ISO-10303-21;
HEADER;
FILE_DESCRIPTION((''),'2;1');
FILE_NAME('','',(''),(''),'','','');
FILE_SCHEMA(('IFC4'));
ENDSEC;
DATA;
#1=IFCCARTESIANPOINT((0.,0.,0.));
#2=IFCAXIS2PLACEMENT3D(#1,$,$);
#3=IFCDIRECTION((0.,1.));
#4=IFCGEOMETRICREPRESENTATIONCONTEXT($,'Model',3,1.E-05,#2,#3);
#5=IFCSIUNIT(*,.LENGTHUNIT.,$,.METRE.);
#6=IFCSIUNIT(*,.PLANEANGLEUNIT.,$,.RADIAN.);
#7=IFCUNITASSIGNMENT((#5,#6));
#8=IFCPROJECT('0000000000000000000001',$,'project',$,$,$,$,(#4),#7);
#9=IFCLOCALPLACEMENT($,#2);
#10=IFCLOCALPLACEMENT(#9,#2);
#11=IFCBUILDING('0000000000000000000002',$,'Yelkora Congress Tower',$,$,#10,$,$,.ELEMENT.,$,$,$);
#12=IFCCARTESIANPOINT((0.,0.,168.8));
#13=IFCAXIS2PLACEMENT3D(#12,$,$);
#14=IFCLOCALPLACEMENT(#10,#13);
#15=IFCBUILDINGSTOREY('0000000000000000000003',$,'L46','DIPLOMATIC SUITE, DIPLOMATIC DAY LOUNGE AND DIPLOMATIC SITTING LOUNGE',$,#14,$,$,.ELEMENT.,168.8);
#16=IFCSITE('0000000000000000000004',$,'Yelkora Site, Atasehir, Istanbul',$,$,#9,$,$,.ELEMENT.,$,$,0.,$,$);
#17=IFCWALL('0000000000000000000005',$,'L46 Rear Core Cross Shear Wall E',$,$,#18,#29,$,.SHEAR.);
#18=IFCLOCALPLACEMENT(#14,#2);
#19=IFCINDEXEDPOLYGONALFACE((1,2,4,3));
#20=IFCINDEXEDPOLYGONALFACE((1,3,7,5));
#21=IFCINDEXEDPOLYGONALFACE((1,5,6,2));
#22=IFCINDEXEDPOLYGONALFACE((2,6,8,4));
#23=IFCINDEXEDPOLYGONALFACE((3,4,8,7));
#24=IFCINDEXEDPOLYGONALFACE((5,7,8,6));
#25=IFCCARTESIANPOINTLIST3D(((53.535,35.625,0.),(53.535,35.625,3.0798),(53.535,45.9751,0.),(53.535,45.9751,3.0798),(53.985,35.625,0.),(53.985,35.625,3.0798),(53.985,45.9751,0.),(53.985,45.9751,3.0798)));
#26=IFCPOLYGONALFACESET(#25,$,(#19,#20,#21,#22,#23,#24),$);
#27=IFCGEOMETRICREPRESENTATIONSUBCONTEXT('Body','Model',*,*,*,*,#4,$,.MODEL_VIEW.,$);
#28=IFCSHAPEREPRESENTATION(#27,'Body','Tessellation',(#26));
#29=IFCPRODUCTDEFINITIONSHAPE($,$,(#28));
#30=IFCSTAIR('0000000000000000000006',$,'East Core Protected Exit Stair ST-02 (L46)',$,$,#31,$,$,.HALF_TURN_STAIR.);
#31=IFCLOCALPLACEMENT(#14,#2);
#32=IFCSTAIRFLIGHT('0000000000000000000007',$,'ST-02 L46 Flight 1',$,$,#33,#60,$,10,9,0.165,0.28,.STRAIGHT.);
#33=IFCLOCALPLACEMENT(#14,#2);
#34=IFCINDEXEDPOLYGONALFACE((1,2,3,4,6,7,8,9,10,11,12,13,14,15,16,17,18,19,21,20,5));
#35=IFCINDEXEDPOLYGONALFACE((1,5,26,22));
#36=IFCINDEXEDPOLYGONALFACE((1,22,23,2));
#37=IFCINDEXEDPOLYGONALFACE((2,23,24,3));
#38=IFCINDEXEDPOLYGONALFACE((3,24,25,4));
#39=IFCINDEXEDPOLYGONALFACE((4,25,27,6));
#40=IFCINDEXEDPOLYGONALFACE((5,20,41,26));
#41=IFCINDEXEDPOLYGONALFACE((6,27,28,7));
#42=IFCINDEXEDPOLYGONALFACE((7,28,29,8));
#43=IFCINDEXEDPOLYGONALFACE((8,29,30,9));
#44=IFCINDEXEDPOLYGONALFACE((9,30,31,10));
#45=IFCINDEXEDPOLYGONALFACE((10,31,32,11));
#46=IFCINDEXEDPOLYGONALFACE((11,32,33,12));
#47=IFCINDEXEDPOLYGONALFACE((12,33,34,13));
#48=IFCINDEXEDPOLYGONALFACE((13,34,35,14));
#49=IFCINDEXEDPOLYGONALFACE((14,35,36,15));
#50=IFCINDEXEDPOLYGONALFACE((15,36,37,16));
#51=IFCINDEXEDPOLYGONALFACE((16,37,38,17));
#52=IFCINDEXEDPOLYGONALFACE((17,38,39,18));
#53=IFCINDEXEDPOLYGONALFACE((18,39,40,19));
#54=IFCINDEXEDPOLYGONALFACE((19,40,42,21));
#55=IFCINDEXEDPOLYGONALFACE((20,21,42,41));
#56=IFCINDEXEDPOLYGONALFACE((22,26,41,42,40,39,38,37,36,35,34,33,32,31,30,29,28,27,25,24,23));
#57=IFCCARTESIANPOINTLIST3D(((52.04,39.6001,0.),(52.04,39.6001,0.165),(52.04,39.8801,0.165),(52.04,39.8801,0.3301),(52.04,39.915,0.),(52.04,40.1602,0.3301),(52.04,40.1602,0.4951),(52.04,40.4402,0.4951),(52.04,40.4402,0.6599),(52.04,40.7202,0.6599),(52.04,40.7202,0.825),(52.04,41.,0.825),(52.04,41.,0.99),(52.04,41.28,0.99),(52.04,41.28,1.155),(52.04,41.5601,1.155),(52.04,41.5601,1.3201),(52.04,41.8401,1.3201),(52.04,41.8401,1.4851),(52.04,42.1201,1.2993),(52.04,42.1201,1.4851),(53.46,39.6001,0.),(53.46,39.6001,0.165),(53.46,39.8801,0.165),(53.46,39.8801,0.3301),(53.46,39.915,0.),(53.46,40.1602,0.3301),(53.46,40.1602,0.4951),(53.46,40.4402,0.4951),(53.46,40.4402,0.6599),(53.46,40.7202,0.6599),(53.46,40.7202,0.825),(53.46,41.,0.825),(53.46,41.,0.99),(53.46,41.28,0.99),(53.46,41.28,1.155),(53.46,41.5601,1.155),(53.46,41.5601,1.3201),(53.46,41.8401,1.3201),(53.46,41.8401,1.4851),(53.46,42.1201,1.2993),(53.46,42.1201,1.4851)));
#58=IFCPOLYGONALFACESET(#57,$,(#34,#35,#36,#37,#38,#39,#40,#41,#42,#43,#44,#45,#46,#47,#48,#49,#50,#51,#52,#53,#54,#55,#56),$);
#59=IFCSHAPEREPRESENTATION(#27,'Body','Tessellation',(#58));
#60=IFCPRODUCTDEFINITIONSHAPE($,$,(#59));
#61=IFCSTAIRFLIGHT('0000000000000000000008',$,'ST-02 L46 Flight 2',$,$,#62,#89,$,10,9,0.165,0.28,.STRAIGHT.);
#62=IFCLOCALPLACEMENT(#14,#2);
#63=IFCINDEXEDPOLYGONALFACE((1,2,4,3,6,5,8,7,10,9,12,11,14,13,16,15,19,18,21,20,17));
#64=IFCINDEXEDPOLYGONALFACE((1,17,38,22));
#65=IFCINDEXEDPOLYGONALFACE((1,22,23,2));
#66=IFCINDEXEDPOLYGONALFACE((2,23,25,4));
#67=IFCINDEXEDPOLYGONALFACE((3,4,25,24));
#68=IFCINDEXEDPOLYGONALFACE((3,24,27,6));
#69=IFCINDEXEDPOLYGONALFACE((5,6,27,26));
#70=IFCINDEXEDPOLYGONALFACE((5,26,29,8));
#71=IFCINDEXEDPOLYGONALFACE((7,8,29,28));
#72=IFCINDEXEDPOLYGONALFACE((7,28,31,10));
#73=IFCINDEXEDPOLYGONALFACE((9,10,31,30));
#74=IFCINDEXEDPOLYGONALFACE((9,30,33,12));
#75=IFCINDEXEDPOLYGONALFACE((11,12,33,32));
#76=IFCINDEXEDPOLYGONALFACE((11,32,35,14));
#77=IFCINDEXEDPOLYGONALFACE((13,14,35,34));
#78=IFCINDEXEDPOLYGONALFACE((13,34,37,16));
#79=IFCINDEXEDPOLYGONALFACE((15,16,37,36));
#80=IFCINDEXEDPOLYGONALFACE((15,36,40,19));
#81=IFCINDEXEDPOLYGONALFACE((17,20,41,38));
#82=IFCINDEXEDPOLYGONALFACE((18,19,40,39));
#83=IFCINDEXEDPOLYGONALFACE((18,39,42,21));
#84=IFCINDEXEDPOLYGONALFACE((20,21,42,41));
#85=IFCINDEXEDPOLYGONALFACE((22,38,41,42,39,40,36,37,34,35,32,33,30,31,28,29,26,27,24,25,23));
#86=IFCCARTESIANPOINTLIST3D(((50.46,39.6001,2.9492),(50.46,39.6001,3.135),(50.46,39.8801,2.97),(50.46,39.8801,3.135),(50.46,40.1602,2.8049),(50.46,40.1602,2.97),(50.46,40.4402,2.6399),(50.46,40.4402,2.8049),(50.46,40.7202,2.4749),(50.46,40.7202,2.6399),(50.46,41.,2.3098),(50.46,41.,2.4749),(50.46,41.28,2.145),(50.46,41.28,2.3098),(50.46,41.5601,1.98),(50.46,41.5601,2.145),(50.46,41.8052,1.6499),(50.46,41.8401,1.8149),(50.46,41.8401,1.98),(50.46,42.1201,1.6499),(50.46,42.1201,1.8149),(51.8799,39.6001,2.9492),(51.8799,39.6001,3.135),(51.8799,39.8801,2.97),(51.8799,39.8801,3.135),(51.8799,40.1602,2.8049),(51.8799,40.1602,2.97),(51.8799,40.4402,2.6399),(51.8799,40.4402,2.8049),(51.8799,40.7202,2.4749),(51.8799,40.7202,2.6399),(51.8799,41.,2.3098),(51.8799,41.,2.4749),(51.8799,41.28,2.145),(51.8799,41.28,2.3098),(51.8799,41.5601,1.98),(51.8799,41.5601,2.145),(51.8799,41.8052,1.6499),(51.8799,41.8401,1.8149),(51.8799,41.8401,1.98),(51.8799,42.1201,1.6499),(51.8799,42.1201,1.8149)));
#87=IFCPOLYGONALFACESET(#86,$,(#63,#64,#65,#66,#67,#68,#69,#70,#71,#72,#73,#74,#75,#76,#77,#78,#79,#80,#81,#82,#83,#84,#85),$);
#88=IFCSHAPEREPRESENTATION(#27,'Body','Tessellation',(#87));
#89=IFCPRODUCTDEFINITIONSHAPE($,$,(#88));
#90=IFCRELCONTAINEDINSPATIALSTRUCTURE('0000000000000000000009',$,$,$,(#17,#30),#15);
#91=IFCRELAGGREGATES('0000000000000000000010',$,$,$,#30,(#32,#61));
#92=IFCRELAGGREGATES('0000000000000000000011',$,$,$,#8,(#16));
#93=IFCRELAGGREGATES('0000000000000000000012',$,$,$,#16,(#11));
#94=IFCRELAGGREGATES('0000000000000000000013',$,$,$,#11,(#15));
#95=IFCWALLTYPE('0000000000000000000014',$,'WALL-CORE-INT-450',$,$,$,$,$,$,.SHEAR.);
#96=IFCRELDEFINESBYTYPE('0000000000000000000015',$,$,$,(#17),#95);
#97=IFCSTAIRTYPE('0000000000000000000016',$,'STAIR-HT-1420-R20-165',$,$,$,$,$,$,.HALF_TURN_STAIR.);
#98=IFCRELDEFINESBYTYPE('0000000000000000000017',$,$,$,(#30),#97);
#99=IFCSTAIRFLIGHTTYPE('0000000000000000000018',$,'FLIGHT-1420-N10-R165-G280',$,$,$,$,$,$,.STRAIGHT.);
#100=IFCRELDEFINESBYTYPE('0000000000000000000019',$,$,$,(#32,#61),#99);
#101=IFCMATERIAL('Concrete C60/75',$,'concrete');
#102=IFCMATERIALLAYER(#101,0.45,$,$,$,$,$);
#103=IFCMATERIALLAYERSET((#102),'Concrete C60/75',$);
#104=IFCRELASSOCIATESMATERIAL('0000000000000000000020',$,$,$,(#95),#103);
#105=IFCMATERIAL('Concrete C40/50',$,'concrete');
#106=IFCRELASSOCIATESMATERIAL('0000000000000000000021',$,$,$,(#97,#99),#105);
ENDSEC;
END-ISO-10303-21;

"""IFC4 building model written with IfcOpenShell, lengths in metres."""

from ifc_helpers import new_model, si_unit, direction, frame, frame_2d, origin, place, context, subcontext, project, spatial, polyline, rectangle, outline, extrude, material, layer, layer_set, type_object, element, aggregate, save


model = new_model("IFC4")

# Units and contexts
model_context = context("Model", 3, precision=1e-05, world=origin(), true_north=direction((0.0, 1.0)))
body_context = subcontext(model_context, "Body", "Model", "MODEL_VIEW")
ifc_project = project(units=[si_unit("LENGTHUNIT", "METRE"), si_unit("PLANEANGLEUNIT", "RADIAN")], contexts=[model_context])

# Site, building, storey
site_placement = place(None, origin())
site = spatial("IfcSite", under=ifc_project, at=site_placement, Name="Yelkora Site, Atasehir, Istanbul", CompositionType="ELEMENT", RefElevation=0.0)
building_placement = place(site_placement, origin())
building = spatial("IfcBuilding", under=site, at=building_placement, Name="Yelkora Congress Tower", CompositionType="ELEMENT")
storey_placement = place(building_placement, frame((0.0, 0.0, 168.8)))
storey = spatial("IfcBuildingStorey", under=building, at=storey_placement, Name="L46", Description="DIPLOMATIC SUITE, DIPLOMATIC DAY LOUNGE AND DIPLOMATIC SITTING LOUNGE", CompositionType="ELEMENT", Elevation=168.8)

# Wall
ifc_material_1 = material(Name="Concrete C60/75", Category="concrete")
ifc_layer_1 = layer(ifc_material_1, 0.45)
ifc_layer_set_1 = layer_set([ifc_layer_1], Name="Concrete C60/75")
wall_type = type_object("IfcWallType", Name="WALL-CORE-INT-450", PredefinedType="SHEAR", material=ifc_layer_set_1)
wall_1_placement = place(storey_placement, frame((53.76, 35.625, 0.0), z_axis=(0.0, 0.0, 1.0), x_axis=(0.0, 1.0, 0.0)))
element("IfcWall", 1, at=wall_1_placement, inside=storey, type_object=wall_type, Name="L46 Rear Core Cross Shear Wall E", PredefinedType="SHEAR", context=body_context, shape_type="SweptSolid", body=[
    extrude(rectangle(XDim=10.3501, YDim=0.45, at=frame_2d((5.175, 0.0))), origin(), (0.0, 0.0, 1.0), 3.0798),
])

# Stair, stair flights
ifc_material_2 = material(Name="Concrete C40/50", Category="concrete")
stair_type = type_object("IfcStairType", Name="STAIR-HT-1420-R20-165", PredefinedType="HALF_TURN_STAIR", material=ifc_material_2)
stair_placement = place(storey_placement, origin())
stair = element("IfcStair", 2, at=stair_placement, inside=storey, type_object=stair_type, Name="East Core Protected Exit Stair ST-02 (L46)", PredefinedType="HALF_TURN_STAIR")
stair_flight_type = type_object("IfcStairFlightType", Name="FLIGHT-1420-N10-R165-G280", PredefinedType="STRAIGHT", material=ifc_material_2)
stair_flight_1_placement = place(storey_placement, frame((52.75, 39.6001, 0.0), z_axis=(0.0, 0.0, 1.0), x_axis=(0.0, 1.0, 0.0)))
stair_flight_1 = element("IfcStairFlight", 3, at=stair_flight_1_placement, type_object=stair_flight_type, Name="ST-02 L46 Flight 1", NumberOfRisers=10, NumberOfTreads=9, PredefinedType="STRAIGHT", RiserHeight=0.165, TreadLength=0.28, context=body_context, shape_type="SweptSolid", body=[
    extrude(outline(polyline([(0.0, 0.0), (0.0, 0.165), (0.28, 0.165), (0.28, 0.3301), (0.5601, 0.3301), (0.5601, 0.4951), (0.8401, 0.4951), (0.8401, 0.6599), (1.1201, 0.6599), (1.1201, 0.825), (1.3999, 0.825), (1.3999, 0.99), (1.6799, 0.99), (1.6799, 1.155), (1.96, 1.155), (1.96, 1.3201), (2.24, 1.3201), (2.24, 1.4851), (2.52, 1.4851), (2.52, 1.6499), (2.52, 1.2993), (0.3149, 0.0), (0.0, 0.0)])), frame((0.0, 0.71, 0.0), z_axis=(0.0, -1.0, 0.0), x_axis=(1.0, 0.0, 0.0)), (0.0, 0.0, 1.0), 1.4199),
])
stair_flight_2_placement = place(storey_placement, frame((51.1699, 42.1201, 1.6499), z_axis=(0.0, 0.0, 1.0), x_axis=(0.0, -1.0, 0.0)))
stair_flight_2 = element("IfcStairFlight", 4, at=stair_flight_2_placement, type_object=stair_flight_type, Name="ST-02 L46 Flight 2", NumberOfRisers=10, NumberOfTreads=9, PredefinedType="STRAIGHT", RiserHeight=0.165, TreadLength=0.28, context=body_context, shape_type="SweptSolid", body=[
    extrude(outline(polyline([(0.0, 0.0), (0.0, 0.165), (0.28, 0.165), (0.28, 0.3301), (0.5601, 0.3301), (0.5601, 0.4951), (0.8401, 0.4951), (0.8401, 0.6599), (1.1201, 0.6599), (1.1201, 0.825), (1.3999, 0.825), (1.3999, 0.99), (1.6799, 0.99), (1.6799, 1.155), (1.96, 1.155), (1.96, 1.3201), (2.24, 1.3201), (2.24, 1.4851), (2.52, 1.4851), (2.52, 1.6499), (2.52, 1.2993), (0.3149, 0.0), (0.0, 0.0)])), frame((0.0, 0.71, 0.0), z_axis=(0.0, -1.0, 0.0), x_axis=(1.0, 0.0, 0.0)), (0.0, 0.0, 1.0), 1.4199),
])
aggregate(stair, [stair_flight_1, stair_flight_2])

save(model, "model.ifc")
